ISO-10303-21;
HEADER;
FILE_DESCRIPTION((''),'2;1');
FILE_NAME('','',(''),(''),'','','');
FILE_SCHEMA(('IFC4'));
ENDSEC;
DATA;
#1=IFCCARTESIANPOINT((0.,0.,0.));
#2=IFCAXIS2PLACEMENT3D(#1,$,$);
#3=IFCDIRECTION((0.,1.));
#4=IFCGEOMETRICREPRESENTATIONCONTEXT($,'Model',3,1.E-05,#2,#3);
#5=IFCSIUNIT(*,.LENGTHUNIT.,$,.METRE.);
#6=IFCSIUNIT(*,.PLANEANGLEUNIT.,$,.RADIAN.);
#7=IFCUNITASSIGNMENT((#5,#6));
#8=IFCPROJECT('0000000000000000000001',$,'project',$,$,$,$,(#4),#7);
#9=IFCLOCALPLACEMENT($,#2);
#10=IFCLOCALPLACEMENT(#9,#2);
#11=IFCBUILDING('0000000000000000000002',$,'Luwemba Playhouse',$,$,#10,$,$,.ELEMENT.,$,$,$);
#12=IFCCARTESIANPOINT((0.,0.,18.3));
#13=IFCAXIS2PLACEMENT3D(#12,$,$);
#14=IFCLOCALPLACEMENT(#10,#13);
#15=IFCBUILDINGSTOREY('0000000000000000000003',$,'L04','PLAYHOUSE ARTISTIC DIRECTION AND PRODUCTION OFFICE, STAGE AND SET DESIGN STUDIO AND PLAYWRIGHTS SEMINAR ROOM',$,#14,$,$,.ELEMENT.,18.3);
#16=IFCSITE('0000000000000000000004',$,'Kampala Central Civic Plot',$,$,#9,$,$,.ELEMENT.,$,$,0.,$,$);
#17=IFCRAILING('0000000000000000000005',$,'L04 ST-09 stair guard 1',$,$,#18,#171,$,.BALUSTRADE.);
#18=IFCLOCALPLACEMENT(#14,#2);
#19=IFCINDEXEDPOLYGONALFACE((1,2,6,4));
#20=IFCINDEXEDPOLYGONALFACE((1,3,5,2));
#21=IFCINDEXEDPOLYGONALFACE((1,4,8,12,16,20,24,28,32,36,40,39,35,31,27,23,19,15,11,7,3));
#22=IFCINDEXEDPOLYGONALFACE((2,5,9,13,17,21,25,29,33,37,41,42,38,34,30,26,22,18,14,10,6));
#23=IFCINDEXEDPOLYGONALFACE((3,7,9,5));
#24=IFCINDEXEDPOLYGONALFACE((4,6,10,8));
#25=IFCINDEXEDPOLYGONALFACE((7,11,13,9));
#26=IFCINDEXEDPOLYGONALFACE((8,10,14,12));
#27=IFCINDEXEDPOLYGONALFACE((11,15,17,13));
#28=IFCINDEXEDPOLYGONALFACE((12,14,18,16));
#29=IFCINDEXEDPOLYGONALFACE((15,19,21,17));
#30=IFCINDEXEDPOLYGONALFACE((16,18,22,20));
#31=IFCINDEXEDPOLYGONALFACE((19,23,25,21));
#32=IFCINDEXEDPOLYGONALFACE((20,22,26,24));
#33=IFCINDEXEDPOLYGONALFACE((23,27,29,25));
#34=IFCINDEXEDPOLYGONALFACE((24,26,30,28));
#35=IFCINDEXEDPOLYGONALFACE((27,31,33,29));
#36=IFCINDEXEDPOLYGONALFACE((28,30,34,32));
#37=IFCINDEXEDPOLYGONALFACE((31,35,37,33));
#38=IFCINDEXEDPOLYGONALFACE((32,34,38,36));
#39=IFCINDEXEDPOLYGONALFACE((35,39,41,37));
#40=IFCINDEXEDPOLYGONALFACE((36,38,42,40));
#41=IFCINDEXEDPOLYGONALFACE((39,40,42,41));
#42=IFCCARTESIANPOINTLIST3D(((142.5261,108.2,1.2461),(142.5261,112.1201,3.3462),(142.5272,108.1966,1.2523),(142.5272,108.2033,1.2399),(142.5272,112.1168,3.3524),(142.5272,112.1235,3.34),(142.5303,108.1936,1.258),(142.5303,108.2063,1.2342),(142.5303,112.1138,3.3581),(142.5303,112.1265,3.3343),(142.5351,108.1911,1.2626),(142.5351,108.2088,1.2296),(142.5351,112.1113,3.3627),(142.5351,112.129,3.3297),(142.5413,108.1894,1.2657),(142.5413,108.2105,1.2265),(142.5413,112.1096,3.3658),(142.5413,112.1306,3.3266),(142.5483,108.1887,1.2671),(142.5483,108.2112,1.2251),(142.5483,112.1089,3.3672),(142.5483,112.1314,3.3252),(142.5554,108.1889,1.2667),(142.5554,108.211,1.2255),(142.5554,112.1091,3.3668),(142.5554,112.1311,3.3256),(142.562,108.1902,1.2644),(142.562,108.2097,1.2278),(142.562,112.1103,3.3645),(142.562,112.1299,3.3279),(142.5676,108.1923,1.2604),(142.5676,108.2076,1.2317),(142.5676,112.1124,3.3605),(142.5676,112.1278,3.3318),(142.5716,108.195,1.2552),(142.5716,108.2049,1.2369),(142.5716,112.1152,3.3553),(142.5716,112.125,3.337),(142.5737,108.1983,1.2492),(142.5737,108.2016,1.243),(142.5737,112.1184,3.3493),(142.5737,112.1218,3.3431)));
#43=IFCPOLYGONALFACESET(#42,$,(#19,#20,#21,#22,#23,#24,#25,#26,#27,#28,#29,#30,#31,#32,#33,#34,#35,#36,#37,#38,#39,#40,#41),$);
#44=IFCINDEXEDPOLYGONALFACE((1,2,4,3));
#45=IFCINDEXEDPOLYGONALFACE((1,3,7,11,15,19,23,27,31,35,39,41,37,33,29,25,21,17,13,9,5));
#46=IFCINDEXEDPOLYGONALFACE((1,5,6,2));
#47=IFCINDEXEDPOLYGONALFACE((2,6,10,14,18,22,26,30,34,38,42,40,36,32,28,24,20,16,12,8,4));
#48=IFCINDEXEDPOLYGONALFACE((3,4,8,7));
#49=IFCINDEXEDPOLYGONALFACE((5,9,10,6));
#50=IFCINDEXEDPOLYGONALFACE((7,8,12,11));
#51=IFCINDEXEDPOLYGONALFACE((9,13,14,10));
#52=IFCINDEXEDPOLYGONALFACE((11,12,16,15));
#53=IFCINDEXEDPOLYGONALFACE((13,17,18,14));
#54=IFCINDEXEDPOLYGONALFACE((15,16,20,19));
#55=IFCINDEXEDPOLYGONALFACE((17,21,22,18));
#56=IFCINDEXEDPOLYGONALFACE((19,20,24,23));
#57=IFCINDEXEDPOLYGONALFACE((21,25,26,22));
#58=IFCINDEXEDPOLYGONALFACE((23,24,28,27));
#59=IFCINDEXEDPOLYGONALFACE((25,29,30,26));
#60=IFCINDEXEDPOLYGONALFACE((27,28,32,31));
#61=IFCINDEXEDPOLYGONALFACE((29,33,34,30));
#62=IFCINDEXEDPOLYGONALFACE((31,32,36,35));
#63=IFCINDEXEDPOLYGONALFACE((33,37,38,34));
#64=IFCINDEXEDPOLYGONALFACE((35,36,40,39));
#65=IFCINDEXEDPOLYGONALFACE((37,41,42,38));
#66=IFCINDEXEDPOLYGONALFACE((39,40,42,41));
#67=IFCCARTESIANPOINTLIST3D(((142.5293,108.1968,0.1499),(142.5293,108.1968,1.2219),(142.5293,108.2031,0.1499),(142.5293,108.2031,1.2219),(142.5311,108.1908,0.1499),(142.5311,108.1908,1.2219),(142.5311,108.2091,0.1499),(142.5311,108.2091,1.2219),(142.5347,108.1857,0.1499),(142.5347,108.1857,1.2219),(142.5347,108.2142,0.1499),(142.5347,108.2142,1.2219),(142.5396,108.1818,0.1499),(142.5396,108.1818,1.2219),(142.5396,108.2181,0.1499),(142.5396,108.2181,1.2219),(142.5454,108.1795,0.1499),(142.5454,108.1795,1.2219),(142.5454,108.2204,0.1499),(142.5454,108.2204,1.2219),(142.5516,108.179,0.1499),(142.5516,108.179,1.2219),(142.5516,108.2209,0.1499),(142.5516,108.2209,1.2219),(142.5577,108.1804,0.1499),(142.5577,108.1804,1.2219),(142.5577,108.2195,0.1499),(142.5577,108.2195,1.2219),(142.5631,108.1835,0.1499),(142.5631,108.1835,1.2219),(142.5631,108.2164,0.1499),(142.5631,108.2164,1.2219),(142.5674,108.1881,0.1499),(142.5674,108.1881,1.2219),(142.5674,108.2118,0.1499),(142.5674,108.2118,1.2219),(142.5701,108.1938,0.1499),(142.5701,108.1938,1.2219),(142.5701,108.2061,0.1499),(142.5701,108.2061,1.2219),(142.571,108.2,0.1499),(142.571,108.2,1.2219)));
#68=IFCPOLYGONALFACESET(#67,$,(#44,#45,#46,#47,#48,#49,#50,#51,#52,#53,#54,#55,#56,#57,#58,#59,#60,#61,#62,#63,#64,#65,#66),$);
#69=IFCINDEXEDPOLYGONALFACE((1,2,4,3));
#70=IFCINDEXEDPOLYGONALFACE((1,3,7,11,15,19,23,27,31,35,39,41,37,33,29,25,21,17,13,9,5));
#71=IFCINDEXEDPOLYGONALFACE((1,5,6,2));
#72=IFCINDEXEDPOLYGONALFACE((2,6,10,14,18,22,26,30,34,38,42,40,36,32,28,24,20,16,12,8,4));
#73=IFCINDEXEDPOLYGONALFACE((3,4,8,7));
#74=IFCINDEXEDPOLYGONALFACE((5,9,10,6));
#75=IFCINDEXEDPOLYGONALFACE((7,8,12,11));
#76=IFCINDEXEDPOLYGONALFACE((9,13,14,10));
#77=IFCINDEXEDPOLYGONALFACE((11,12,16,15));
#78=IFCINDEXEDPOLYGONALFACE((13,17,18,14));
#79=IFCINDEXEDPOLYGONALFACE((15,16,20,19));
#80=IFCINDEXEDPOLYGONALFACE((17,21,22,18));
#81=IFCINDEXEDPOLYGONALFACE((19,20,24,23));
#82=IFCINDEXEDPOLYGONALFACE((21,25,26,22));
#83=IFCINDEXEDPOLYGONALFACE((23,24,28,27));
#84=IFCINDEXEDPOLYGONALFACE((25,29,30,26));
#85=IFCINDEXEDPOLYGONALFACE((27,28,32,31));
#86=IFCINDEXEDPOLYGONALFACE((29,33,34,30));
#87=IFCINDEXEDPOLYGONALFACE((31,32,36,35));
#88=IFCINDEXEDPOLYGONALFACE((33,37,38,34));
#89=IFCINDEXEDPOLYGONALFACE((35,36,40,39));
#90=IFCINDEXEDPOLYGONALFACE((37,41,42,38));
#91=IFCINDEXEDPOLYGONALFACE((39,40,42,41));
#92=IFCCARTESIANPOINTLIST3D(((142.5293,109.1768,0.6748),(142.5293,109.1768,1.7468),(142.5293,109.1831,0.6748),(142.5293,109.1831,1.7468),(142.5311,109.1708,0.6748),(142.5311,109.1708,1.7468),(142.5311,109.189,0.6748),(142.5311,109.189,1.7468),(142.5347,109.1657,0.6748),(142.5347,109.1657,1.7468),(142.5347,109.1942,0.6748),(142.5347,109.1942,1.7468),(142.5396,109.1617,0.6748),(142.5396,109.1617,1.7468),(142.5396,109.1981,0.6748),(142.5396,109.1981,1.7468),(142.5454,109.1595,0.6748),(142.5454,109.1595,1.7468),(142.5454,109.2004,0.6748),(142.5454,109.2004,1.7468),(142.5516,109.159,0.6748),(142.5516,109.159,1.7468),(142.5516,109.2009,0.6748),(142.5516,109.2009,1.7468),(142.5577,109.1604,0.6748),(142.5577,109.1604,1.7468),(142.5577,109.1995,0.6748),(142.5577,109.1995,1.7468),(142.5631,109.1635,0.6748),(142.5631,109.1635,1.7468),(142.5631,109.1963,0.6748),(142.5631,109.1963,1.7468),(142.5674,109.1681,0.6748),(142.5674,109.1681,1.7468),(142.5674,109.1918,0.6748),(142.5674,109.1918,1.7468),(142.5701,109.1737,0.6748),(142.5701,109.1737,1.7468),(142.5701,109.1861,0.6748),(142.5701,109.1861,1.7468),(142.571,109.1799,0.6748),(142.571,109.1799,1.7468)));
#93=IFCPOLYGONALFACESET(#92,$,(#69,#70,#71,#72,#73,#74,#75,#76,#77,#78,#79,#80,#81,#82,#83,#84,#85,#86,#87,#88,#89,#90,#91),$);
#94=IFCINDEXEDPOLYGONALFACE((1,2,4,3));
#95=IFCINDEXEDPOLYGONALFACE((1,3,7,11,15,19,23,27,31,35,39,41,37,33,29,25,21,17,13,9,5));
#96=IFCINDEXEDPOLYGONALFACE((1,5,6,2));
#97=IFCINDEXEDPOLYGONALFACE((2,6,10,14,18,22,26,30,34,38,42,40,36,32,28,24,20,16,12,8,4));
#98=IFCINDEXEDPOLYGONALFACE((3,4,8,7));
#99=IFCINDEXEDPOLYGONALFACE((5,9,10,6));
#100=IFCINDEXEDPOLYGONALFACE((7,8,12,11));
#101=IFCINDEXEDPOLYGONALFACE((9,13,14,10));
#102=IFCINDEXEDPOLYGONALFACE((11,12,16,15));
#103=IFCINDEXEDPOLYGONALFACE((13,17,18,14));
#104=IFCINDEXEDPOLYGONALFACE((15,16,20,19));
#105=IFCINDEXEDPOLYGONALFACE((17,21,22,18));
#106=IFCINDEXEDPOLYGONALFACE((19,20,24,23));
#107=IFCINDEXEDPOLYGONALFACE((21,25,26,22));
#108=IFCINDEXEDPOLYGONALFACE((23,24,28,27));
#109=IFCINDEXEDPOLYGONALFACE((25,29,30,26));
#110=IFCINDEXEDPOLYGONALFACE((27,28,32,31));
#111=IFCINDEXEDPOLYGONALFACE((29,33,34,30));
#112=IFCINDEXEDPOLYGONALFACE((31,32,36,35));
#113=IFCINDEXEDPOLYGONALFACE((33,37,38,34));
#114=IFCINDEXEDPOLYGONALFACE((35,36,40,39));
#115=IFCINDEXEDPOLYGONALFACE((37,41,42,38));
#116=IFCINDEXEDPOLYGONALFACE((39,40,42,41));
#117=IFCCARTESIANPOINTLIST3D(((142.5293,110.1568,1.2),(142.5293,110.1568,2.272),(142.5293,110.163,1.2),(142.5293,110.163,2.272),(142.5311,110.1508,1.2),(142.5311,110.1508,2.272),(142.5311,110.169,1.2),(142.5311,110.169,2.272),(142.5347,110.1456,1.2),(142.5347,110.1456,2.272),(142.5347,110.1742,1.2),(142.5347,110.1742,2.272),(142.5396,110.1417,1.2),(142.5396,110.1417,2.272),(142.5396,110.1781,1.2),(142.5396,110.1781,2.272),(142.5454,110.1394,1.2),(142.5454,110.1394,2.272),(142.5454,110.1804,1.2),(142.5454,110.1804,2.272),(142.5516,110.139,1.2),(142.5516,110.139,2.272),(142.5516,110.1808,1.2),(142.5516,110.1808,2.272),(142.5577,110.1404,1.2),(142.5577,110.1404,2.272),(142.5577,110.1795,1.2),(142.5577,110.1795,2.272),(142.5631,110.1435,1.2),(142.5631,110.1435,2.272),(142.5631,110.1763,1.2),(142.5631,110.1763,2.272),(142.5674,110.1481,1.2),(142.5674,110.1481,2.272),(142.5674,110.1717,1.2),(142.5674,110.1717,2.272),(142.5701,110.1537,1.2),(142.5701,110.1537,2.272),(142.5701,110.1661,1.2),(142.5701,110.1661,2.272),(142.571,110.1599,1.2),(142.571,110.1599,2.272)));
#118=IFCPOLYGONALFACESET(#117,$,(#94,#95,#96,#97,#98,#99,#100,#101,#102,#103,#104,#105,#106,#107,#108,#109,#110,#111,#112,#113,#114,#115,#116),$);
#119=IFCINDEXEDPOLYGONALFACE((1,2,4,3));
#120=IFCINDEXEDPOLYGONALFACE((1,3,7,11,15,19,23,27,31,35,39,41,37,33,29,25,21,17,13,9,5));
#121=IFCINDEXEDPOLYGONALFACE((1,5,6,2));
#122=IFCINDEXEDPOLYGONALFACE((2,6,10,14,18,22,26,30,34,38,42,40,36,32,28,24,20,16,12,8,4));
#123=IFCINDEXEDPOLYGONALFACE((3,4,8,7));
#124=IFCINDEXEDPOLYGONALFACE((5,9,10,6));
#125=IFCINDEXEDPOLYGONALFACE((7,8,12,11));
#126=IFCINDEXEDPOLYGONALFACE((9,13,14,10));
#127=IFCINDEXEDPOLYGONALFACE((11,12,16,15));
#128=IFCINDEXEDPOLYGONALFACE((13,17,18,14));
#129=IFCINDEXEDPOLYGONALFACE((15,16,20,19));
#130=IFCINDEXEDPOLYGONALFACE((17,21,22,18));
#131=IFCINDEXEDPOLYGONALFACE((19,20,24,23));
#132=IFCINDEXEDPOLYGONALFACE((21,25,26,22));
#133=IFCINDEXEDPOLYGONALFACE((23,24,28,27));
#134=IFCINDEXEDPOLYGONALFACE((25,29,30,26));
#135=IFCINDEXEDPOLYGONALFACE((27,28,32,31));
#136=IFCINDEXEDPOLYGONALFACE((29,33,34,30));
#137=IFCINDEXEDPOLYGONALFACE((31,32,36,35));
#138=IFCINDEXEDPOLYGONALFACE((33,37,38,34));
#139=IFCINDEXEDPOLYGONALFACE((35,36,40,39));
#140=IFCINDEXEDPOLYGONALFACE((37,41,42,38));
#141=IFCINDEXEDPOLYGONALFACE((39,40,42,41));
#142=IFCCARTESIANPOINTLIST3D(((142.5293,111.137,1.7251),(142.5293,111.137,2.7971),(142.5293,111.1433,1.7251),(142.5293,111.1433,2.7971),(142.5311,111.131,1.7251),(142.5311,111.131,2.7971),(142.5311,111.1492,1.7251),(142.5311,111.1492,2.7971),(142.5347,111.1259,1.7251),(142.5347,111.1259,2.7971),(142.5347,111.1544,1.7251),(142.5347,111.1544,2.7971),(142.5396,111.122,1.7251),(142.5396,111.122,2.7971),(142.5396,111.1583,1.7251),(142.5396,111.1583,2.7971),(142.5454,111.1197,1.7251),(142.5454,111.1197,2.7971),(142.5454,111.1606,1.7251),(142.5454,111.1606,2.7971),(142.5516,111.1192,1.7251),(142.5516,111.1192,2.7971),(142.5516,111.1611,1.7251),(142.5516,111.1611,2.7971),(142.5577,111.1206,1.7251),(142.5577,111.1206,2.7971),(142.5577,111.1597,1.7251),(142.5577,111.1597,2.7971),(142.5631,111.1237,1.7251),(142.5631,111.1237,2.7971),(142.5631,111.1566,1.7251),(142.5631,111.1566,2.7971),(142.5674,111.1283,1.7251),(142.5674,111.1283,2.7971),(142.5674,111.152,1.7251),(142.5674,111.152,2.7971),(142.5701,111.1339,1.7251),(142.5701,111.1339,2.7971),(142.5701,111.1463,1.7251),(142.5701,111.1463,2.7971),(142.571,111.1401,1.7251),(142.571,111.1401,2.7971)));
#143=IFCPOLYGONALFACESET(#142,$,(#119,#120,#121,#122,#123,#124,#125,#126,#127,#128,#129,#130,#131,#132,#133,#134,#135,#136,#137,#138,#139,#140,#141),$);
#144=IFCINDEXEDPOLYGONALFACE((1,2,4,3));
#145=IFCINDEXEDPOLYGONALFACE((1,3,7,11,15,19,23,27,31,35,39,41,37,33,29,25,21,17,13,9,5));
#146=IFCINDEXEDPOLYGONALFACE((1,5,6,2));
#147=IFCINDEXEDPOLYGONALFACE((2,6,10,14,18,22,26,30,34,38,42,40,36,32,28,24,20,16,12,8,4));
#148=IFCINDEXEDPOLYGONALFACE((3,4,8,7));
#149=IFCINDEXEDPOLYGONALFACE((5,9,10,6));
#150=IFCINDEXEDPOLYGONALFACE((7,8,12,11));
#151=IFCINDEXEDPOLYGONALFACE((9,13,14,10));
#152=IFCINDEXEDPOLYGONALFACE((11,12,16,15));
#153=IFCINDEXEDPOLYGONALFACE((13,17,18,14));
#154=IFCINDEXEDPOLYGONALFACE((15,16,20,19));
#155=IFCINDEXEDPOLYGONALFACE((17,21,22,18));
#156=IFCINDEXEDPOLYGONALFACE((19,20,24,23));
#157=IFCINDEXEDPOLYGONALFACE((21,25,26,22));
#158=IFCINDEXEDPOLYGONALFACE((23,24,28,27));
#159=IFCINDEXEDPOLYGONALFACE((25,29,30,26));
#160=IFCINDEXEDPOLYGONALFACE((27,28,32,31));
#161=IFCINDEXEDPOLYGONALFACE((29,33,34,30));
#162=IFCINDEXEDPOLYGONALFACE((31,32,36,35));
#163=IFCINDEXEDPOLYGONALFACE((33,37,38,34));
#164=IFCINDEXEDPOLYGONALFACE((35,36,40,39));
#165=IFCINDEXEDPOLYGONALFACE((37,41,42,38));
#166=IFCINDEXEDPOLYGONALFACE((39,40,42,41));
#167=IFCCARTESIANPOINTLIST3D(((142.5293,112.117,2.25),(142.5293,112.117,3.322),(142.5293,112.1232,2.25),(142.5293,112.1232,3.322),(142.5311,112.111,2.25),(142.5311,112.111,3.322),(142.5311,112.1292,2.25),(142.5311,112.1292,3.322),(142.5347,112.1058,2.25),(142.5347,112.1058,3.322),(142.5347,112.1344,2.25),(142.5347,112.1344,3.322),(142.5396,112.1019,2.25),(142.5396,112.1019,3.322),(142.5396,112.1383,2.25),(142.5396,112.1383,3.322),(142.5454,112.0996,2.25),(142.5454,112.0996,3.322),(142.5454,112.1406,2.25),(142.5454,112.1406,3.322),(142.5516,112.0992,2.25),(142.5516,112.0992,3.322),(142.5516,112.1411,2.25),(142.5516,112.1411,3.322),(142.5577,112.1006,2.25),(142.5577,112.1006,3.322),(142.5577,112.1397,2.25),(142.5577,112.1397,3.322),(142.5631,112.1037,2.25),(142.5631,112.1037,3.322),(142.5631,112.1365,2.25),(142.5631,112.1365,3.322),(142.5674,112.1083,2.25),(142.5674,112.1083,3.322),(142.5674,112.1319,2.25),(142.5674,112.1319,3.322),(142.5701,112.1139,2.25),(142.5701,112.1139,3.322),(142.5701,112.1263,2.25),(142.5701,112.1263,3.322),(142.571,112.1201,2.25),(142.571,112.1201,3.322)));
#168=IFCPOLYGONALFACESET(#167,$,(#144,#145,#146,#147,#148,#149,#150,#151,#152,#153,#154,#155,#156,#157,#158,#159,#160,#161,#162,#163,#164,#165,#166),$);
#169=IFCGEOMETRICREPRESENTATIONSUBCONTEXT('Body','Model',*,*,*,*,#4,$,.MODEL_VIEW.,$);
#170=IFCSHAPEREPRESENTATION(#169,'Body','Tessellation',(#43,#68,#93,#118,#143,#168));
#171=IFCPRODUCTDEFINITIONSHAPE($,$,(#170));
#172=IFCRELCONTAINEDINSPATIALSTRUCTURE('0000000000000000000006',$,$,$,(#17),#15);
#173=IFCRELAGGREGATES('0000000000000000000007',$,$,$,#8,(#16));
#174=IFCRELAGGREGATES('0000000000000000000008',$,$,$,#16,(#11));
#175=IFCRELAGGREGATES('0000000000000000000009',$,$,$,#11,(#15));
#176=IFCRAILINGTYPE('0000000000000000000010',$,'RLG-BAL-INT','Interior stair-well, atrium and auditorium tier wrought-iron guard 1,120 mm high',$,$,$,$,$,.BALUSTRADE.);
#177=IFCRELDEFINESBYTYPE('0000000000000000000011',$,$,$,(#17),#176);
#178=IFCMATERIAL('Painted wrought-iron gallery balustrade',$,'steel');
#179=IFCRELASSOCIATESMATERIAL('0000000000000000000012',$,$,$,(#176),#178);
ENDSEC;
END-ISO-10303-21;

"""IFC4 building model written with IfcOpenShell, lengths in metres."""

from ifc_helpers import new_model, si_unit, direction, frame, origin, origin_2d, place, context, subcontext, project, spatial, circle, extrude, material, type_object, element, save


model = new_model("IFC4")

# Units and contexts
model_context = context("Model", 3, precision=1e-05, world=origin(), true_north=direction((0.0, 1.0)))
body_context = subcontext(model_context, "Body", "Model", "MODEL_VIEW")
ifc_project = project(units=[si_unit("LENGTHUNIT", "METRE"), si_unit("PLANEANGLEUNIT", "RADIAN")], contexts=[model_context])

# Site, building, storey
site_placement = place(None, origin())
site = spatial("IfcSite", under=ifc_project, at=site_placement, Name="Kampala Central Civic Plot", CompositionType="ELEMENT", RefElevation=0.0)
building_placement = place(site_placement, origin())
building = spatial("IfcBuilding", under=site, at=building_placement, Name="Luwemba Playhouse", CompositionType="ELEMENT")
storey_placement = place(building_placement, frame((0.0, 0.0, 18.3)))
storey = spatial("IfcBuildingStorey", under=building, at=storey_placement, Name="L04", Description="PLAYHOUSE ARTISTIC DIRECTION AND PRODUCTION OFFICE, STAGE AND SET DESIGN STUDIO AND PLAYWRIGHTS SEMINAR ROOM", CompositionType="ELEMENT", Elevation=18.3)

# Railing
ifc_material_1 = material(Name="Painted wrought-iron gallery balustrade", Category="steel")
railing_type_1 = type_object("IfcRailingType", Name="RLG-BAL-INT", Description="Interior stair-well, atrium and auditorium tier wrought-iron guard 1,120 mm high", PredefinedType="BALUSTRADE", material=ifc_material_1)
railing_1_placement = place(storey_placement, frame((142.55, 108.2, 0.1499)))
element("IfcRailing", 1, at=railing_1_placement, inside=storey, type_object=railing_type_1, Name="L04 ST-09 stair guard 1", PredefinedType="BALUSTRADE", context=body_context, shape_type="SweptSolid", body=[
    extrude(circle(Radius=0.0239, at=origin_2d()), frame((0.0, 0.0, 1.0962), z_axis=(0.0, 0.881479, 0.472223), x_axis=(-1.0, 0.0, 0.0)), (0.0, 0.0, 1.0), 4.4473),
    extrude(circle(Radius=0.021, at=origin_2d()), origin(), (0.0, 0.0, 1.0), 1.072),
    extrude(circle(Radius=0.021, at=origin_2d()), frame((0.0, 0.98, 0.5249)), (0.0, 0.0, 1.0), 1.072),
    extrude(circle(Radius=0.021, at=origin_2d()), frame((0.0, 1.96, 1.05)), (0.0, 0.0, 1.0), 1.072),
    extrude(circle(Radius=0.021, at=origin_2d()), frame((0.0, 2.9402, 1.5752)), (0.0, 0.0, 1.0), 1.072),
    extrude(circle(Radius=0.021, at=origin_2d()), frame((0.0, 3.9202, 2.1001)), (0.0, 0.0, 1.0), 1.072),
])

save(model, "model.ifc")
